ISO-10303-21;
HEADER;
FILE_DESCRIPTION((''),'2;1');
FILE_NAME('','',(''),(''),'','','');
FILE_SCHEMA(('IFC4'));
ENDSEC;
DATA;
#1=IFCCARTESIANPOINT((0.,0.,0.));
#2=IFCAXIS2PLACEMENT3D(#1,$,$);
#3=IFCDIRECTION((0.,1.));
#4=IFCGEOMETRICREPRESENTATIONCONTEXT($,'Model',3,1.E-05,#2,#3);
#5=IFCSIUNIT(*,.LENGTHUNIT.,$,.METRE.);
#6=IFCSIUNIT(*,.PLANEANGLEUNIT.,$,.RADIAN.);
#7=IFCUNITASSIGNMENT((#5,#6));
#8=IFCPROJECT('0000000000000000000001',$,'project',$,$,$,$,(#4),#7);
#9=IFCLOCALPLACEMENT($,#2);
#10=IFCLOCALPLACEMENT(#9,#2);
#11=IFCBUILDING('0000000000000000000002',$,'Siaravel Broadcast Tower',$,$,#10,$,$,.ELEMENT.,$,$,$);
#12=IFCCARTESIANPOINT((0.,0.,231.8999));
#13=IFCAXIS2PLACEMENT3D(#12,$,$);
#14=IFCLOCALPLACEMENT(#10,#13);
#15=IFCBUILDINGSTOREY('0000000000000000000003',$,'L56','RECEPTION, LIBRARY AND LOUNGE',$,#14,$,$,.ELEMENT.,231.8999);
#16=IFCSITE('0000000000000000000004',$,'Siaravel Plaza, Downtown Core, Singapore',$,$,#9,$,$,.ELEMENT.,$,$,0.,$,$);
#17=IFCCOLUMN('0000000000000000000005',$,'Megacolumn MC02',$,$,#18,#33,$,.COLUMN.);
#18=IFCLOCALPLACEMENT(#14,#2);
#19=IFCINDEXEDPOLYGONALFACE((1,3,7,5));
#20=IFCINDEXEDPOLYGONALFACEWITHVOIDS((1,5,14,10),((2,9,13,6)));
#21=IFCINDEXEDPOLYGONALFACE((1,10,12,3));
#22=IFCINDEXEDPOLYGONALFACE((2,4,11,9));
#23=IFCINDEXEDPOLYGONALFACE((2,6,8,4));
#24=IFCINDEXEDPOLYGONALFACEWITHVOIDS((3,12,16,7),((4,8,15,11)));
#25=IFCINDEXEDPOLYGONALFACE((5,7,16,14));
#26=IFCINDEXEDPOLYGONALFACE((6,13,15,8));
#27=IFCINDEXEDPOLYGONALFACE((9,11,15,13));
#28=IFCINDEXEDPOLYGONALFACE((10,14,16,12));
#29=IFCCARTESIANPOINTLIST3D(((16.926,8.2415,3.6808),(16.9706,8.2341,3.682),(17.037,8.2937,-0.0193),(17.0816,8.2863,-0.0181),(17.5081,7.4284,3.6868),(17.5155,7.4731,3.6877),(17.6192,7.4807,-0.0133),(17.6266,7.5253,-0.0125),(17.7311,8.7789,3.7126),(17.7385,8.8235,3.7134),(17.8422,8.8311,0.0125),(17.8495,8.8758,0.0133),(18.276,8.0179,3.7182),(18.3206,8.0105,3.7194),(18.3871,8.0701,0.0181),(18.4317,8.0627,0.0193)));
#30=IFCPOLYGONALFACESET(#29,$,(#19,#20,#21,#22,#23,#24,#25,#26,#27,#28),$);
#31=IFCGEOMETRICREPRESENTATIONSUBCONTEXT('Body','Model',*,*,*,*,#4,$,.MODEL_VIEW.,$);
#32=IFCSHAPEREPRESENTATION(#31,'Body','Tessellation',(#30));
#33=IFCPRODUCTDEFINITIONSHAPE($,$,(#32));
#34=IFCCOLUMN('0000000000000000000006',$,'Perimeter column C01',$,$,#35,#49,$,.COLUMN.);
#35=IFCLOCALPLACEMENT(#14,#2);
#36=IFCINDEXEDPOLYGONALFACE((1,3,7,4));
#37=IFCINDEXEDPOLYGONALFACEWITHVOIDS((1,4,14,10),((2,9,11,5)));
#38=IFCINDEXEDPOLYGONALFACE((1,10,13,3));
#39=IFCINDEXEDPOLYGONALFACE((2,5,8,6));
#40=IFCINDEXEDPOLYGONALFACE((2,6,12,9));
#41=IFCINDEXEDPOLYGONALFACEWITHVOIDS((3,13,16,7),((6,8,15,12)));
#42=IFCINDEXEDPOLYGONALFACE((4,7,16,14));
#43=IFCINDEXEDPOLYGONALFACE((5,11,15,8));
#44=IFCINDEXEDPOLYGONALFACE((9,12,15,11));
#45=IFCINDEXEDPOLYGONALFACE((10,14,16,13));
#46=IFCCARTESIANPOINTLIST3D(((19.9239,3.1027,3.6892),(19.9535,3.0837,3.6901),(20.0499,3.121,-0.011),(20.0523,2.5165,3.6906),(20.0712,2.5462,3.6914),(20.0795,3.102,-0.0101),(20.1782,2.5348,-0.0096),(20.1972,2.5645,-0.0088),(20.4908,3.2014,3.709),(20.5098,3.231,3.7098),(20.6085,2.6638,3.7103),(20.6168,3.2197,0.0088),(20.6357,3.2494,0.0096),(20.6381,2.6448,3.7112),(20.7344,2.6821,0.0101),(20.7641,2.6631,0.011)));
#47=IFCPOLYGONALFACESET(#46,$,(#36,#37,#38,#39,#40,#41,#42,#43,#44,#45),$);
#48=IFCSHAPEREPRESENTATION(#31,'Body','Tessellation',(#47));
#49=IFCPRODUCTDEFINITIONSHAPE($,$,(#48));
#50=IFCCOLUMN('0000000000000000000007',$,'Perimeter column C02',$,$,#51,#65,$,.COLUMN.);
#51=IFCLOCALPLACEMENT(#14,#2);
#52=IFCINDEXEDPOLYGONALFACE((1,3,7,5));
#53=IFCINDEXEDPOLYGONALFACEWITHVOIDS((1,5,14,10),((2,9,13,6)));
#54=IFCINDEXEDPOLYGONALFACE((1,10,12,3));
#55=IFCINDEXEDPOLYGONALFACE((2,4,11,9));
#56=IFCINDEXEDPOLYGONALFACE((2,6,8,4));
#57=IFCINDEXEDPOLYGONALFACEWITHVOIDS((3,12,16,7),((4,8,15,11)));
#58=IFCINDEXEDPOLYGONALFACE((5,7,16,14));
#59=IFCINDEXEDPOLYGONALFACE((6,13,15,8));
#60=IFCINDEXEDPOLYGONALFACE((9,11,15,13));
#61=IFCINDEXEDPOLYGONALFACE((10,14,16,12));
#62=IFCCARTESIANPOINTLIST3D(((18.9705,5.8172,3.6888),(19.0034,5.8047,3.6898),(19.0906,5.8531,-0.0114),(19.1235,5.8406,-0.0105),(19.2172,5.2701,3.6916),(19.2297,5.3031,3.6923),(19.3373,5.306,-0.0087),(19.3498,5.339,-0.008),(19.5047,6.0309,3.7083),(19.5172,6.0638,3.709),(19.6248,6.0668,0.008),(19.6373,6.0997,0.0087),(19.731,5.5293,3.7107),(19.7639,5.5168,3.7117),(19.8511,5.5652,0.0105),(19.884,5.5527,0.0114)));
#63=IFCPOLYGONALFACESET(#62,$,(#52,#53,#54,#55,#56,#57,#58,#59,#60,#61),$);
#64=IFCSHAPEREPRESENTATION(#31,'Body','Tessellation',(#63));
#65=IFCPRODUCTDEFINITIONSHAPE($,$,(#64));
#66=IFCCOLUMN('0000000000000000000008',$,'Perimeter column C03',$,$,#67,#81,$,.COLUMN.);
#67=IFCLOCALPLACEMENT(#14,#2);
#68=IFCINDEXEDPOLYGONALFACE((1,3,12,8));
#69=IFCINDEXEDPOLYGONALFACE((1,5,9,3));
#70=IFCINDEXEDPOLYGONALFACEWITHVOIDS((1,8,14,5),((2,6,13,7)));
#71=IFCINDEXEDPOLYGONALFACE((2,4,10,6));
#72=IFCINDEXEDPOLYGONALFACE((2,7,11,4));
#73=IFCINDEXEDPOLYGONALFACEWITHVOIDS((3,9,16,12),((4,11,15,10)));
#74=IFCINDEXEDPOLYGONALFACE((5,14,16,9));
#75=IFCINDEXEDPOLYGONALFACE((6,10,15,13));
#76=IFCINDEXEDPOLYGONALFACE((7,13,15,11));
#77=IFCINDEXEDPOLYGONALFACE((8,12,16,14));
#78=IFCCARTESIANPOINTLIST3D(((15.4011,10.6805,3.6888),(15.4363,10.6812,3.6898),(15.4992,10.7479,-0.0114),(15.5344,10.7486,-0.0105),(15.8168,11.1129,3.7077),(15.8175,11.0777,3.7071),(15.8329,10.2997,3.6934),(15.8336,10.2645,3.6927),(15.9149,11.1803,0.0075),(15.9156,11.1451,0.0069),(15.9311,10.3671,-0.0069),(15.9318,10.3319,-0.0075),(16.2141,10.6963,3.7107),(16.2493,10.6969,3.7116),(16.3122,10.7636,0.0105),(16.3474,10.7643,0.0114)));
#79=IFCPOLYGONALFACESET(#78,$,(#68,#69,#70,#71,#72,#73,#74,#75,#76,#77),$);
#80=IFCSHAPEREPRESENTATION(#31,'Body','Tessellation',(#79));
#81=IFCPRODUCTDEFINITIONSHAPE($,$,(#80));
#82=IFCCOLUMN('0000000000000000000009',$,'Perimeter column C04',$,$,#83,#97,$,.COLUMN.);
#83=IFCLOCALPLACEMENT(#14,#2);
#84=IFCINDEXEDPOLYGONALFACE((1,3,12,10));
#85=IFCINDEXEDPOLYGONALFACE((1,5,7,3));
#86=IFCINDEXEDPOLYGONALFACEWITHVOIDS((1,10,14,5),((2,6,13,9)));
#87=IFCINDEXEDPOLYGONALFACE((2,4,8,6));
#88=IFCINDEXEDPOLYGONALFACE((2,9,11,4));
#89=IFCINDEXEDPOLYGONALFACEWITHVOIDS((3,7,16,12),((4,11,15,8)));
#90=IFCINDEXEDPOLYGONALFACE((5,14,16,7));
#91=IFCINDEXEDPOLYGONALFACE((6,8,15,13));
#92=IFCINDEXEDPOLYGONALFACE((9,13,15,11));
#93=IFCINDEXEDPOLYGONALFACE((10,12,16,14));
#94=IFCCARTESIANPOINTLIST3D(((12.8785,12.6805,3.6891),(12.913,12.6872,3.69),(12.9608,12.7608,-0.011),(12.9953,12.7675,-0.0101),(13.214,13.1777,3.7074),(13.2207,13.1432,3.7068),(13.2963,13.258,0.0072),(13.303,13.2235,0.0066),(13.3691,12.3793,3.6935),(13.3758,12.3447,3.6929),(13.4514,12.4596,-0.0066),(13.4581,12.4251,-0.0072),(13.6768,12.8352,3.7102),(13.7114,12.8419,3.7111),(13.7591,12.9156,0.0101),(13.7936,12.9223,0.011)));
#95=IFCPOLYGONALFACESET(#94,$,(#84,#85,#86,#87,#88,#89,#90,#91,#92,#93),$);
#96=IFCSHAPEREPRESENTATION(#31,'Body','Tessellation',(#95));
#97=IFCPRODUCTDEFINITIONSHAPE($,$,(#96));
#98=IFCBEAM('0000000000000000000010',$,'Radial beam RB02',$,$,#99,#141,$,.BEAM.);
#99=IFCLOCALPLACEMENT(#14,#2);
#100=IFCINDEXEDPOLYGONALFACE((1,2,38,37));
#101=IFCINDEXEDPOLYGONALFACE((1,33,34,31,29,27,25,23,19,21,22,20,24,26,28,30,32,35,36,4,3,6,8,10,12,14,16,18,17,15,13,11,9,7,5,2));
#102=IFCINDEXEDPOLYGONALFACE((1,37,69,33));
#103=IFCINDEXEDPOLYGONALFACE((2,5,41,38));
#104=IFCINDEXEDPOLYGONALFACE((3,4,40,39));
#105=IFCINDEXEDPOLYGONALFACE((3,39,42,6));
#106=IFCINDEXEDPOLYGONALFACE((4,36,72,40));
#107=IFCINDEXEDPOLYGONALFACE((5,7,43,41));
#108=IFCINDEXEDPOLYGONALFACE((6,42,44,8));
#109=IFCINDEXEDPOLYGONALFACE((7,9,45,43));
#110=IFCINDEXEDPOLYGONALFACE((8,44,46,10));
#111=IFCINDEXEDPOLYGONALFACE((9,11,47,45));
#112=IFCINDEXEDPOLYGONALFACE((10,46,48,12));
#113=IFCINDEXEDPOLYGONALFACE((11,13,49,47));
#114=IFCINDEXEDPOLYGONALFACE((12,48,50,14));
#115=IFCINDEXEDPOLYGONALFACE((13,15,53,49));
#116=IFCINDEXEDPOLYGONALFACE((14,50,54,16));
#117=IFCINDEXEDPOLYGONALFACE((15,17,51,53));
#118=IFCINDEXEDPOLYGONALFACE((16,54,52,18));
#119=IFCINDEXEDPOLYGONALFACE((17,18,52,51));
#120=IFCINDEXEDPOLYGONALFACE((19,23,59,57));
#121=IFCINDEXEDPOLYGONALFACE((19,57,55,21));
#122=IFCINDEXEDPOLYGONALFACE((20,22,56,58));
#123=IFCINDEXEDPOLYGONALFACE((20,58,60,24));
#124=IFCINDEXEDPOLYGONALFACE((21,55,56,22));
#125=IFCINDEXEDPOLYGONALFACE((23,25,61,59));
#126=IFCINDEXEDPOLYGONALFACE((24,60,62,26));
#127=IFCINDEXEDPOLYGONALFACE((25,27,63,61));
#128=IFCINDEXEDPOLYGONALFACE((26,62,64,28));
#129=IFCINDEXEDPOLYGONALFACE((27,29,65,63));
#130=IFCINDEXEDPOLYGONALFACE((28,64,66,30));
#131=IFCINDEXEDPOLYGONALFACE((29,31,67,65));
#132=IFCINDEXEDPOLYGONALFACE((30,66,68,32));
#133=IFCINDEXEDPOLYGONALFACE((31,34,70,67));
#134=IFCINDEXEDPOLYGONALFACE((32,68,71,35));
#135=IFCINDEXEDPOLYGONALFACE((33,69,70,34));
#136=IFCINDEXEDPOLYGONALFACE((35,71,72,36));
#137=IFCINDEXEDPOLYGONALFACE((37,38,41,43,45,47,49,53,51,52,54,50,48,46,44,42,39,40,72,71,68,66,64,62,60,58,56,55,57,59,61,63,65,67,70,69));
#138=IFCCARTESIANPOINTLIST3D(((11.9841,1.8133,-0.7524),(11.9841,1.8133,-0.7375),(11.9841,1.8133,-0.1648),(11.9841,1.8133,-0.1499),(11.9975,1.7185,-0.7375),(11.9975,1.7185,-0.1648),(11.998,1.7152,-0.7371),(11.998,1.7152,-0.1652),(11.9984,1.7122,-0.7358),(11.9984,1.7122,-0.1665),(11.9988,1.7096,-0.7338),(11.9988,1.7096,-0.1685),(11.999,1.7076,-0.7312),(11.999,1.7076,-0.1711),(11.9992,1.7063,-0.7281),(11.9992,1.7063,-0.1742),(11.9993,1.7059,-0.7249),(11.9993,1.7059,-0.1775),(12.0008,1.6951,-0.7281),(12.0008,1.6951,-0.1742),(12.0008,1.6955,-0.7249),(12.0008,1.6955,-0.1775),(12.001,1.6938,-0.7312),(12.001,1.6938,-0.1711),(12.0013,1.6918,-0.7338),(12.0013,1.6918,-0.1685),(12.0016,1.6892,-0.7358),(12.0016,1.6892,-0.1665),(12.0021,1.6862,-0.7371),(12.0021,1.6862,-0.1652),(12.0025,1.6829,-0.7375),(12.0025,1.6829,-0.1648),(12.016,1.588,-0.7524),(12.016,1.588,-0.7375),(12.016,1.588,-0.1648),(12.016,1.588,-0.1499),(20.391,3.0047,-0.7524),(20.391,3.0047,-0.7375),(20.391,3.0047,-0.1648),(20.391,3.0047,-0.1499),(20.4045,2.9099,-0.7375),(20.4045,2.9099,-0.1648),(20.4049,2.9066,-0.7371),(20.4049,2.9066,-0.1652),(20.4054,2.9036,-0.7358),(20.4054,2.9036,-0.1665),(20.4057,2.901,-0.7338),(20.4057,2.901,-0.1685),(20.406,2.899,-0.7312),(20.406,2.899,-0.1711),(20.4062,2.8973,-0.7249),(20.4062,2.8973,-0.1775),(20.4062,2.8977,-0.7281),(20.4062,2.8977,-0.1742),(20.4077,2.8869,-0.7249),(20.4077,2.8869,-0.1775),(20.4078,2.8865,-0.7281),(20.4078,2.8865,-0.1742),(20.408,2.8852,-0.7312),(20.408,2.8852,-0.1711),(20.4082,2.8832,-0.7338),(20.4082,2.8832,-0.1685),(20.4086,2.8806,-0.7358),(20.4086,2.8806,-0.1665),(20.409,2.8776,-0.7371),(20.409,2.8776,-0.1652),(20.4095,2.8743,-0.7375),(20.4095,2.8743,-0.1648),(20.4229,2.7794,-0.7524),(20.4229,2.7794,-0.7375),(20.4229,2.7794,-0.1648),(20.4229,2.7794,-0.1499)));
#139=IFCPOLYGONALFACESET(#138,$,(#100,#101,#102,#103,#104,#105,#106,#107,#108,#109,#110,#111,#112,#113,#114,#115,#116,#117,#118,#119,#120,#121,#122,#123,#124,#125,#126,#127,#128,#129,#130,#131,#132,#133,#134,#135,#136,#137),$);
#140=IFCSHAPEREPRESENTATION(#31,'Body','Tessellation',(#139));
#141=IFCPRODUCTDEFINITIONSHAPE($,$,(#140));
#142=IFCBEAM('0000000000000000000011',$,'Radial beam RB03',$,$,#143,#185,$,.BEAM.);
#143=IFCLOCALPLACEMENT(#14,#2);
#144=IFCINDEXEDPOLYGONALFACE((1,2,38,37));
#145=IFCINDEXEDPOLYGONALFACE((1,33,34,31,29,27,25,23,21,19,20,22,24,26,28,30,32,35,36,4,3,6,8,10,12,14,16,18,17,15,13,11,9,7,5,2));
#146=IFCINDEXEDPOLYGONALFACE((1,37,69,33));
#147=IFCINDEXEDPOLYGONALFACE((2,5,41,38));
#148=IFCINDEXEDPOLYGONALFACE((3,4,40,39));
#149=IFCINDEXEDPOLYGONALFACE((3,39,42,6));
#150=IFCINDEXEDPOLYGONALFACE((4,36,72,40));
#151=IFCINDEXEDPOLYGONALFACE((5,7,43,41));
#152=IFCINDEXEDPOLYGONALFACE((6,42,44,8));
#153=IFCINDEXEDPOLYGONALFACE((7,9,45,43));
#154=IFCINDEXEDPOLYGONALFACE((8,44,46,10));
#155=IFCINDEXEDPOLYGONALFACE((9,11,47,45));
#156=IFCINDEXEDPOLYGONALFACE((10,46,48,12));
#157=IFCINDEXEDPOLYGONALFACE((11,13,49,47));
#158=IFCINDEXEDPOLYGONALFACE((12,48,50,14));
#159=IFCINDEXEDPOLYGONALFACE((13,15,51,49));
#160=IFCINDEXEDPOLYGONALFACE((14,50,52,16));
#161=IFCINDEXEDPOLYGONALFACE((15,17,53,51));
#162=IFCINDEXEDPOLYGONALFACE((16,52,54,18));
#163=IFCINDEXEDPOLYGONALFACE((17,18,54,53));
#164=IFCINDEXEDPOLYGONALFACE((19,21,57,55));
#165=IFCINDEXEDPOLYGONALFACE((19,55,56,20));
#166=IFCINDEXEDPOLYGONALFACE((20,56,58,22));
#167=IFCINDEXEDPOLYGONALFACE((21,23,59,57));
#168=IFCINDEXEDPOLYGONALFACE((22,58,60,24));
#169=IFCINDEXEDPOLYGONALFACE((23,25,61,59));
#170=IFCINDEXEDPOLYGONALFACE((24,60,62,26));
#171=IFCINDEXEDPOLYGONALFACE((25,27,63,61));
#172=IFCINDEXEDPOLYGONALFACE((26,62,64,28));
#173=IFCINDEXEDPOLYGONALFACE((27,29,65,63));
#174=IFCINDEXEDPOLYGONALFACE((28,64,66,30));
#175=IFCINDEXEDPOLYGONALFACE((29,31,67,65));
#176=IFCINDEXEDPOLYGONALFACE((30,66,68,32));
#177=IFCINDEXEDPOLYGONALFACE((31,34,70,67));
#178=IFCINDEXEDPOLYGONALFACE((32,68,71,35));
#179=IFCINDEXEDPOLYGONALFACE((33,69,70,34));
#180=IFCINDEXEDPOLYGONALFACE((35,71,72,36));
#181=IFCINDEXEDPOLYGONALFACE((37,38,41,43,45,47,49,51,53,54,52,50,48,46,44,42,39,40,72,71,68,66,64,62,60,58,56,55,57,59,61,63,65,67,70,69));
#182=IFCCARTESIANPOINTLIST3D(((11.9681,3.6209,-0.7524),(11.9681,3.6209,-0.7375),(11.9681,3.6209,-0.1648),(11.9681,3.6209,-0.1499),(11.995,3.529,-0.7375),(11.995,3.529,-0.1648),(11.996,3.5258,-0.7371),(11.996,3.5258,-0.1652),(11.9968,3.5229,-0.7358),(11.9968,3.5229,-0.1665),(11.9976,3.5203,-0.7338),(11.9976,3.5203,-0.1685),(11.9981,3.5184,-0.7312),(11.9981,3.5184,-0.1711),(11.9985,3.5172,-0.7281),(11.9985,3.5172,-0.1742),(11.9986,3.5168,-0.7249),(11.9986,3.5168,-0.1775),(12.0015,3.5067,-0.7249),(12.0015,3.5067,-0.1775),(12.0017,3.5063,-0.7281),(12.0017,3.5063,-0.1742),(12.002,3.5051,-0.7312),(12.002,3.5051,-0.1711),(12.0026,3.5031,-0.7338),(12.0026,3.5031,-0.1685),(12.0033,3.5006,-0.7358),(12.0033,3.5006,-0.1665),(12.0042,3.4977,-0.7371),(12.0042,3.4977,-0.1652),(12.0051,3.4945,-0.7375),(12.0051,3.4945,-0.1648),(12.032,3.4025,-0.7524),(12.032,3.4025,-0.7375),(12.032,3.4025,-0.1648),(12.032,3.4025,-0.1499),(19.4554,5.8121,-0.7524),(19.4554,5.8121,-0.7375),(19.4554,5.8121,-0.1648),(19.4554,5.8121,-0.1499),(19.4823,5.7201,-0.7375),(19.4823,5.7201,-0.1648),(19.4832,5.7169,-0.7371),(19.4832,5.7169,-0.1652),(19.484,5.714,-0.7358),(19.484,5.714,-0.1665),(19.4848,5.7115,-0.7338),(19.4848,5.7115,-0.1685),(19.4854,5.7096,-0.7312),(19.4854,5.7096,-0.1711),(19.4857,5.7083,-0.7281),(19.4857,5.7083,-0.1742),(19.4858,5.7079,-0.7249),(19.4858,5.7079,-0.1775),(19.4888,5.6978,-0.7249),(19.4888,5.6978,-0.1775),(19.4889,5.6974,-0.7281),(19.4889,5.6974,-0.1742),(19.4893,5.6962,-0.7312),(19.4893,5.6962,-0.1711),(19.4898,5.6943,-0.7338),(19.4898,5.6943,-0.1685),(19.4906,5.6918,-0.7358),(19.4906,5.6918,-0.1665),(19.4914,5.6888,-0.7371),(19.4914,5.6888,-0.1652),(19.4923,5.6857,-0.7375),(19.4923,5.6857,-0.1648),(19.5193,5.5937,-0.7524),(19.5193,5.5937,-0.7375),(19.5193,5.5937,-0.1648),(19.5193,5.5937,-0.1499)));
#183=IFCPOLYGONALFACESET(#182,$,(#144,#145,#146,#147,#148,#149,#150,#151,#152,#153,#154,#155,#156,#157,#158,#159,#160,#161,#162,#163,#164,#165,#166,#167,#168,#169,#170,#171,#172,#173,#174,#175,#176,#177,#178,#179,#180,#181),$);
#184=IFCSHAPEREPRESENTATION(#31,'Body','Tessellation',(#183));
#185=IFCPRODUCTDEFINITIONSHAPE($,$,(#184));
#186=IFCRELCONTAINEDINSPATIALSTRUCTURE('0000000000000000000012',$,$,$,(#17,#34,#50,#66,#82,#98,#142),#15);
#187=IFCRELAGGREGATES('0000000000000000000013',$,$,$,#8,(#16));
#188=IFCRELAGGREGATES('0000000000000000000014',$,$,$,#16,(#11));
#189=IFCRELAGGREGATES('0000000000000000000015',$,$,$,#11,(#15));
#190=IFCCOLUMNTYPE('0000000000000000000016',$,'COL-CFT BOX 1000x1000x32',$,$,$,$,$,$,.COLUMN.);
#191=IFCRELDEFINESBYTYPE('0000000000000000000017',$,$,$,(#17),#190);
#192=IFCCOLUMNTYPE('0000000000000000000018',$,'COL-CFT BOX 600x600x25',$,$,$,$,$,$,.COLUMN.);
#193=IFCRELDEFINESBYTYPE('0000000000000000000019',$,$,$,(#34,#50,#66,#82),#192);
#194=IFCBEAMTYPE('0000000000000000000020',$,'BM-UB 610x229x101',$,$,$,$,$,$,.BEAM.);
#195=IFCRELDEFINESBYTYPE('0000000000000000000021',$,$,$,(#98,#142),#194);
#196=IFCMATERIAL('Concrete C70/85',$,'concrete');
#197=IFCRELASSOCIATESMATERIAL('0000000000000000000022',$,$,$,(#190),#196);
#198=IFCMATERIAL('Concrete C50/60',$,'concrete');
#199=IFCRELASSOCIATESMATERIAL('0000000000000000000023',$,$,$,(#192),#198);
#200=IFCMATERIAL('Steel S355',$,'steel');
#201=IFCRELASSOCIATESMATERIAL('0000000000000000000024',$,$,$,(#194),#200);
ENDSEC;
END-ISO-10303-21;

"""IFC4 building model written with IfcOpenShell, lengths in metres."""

from ifc_helpers import new_model, si_unit, direction, frame, origin, origin_2d, place, context, subcontext, project, spatial, hollow_rectangle, i_section, extrude, material, material_profile, profile_set, type_object, element, save


model = new_model("IFC4")

# Units and contexts
model_context = context("Model", 3, precision=1e-05, world=origin(), true_north=direction((0.0, 1.0)))
body_context = subcontext(model_context, "Body", "Model", "MODEL_VIEW")
ifc_project = project(units=[si_unit("LENGTHUNIT", "METRE"), si_unit("PLANEANGLEUNIT", "RADIAN")], contexts=[model_context])

# Site, building, storey
site_placement = place(None, origin())
site = spatial("IfcSite", under=ifc_project, at=site_placement, Name="Siaravel Plaza, Downtown Core, Singapore", CompositionType="ELEMENT", RefElevation=0.0)
building_placement = place(site_placement, origin())
building = spatial("IfcBuilding", under=site, at=building_placement, Name="Siaravel Broadcast Tower", CompositionType="ELEMENT")
storey_placement = place(building_placement, frame((0.0, 0.0, 231.8999)))
storey = spatial("IfcBuildingStorey", under=building, at=storey_placement, Name="L56", Description="RECEPTION, LIBRARY AND LOUNGE", CompositionType="ELEMENT", Elevation=231.8999)

# Columns
ifc_material_1 = material(Name="Concrete C70/85", Category="concrete")
ifc_material_profile_1 = material_profile(ifc_material_1, hollow_rectangle(XDim=1.0, YDim=1.0, WallThickness=0.032, at=origin_2d()))
ifc_profile_set_1 = profile_set([ifc_material_profile_1], Name="Concrete C70/85")
column_type_1 = type_object("IfcColumnType", Name="COL-CFT BOX 1000x1000x32", PredefinedType="COLUMN", material=ifc_profile_set_1)
column_1_placement = place(storey_placement, frame((17.7344, 8.1782, 0.0), z_axis=(-0.030005, -0.014112, 0.99945), x_axis=(0.582175, -0.813042, 0.005998)))
element("IfcColumn", 1, at=column_1_placement, inside=storey, type_object=column_type_1, Name="Megacolumn MC02", PredefinedType="COLUMN", context=body_context, shape_type="SweptSolid", body=[
    extrude(hollow_rectangle(XDim=1.0, YDim=1.0, WallThickness=0.032, at=origin_2d()), origin(), (0.0, 0.0, 1.0), 3.7021),
])
ifc_material_2 = material(Name="Concrete C50/60", Category="concrete")
ifc_material_profile_2 = material_profile(ifc_material_2, hollow_rectangle(XDim=0.6001, YDim=0.6001, WallThickness=0.0249, at=origin_2d()))
ifc_profile_set_2 = profile_set([ifc_material_profile_2], Name="Concrete C50/60")
column_type_2 = type_object("IfcColumnType", Name="COL-CFT BOX 600x600x25", PredefinedType="COLUMN", material=ifc_profile_set_2)
for number, where, z_axis, x_axis, name in (
    (2, (20.407, 2.8921, 0.0), (-0.034026, -0.004946, 0.999409), (0.213875, -0.976858, 0.002448), "Perimeter column C01"),
    (3, (19.4873, 5.7029, 0.0), (-0.032444, -0.009694, 0.999427), (0.411141, -0.911561, 0.004505), "Perimeter column C02"),
):
    element("IfcColumn", number, at=place(storey_placement, frame(where, z_axis=z_axis, x_axis=x_axis)), inside=storey, type_object=column_type_2, Name=name, PredefinedType="COLUMN", context=body_context, shape_type="SweptSolid", body=[
        extrude(hollow_rectangle(XDim=0.6001, YDim=0.6001, WallThickness=0.0249, at=origin_2d()), origin(), (0.0, 0.0, 1.0), 3.7024),
    ])
column_2_placement = place(storey_placement, frame((15.9233, 10.7561, 0.0), z_axis=(-0.02651, -0.018201, 0.999483), x_axis=(0.720758, -0.693156, 0.006495)))
element("IfcColumn", 4, at=column_2_placement, inside=storey, type_object=column_type_2, Name="Perimeter column C03", PredefinedType="COLUMN", context=body_context, shape_type="SweptSolid", body=[
    extrude(hollow_rectangle(XDim=0.6001, YDim=0.6001, WallThickness=0.0249, at=origin_2d()), origin(), (0.0, 0.0, 1.0), 3.7021),
])
column_3_placement = place(storey_placement, frame((13.3772, 12.8416, 0.0), z_axis=(-0.022225, -0.021697, 0.999518), x_axis=(0.82878, -0.559539, 0.006282)))
element("IfcColumn", 5, at=column_3_placement, inside=storey, type_object=column_type_2, Name="Perimeter column C04", PredefinedType="COLUMN", context=body_context, shape_type="SweptSolid", body=[
    extrude(hollow_rectangle(XDim=0.6001, YDim=0.6001, WallThickness=0.0249, at=origin_2d()), origin(), (0.0, 0.0, 1.0), 3.7019),
])

# Beams
ifc_material_3 = material(Name="Steel S355", Category="steel")
ifc_material_profile_3 = material_profile(ifc_material_3, i_section(OverallWidth=0.2275, OverallDepth=0.6025, WebThickness=0.0105, FlangeThickness=0.0149, FilletRadius=0.0127, at=origin_2d()))
ifc_profile_set_3 = profile_set([ifc_material_profile_3], Name="Steel S355")
beam_type = type_object("IfcBeamType", Name="BM-UB 610x229x101", PredefinedType="BEAM", material=ifc_profile_set_3)
beam_1_placement = place(storey_placement, frame((20.407, 2.8921, -0.4512), z_axis=(-0.990107, -0.140314, 0.0), x_axis=(0.140314, -0.990107, 0.0)))
element("IfcBeam", 6, at=beam_1_placement, inside=storey, type_object=beam_type, Name="Radial beam RB02", PredefinedType="BEAM", context=body_context, shape_type="SweptSolid", body=[
    extrude(i_section(OverallWidth=0.2275, OverallDepth=0.6025, WebThickness=0.0105, FlangeThickness=0.0149, FilletRadius=0.0127, at=origin_2d()), origin(), (0.0, 0.0, 1.0), 8.491),
])
beam_2_placement = place(storey_placement, frame((19.4873, 5.7029, -0.4512), z_axis=(-0.959746, -0.28087, 0.0), x_axis=(0.28087, -0.959746, 0.0)))
element("IfcBeam", 7, at=beam_2_placement, inside=storey, type_object=beam_type, Name="Radial beam RB03", PredefinedType="BEAM", context=body_context, shape_type="SweptSolid", body=[
    extrude(i_section(OverallWidth=0.2275, OverallDepth=0.6025, WebThickness=0.0105, FlangeThickness=0.0149, FilletRadius=0.0127, at=origin_2d()), origin(), (0.0, 0.0, 1.0), 7.8013),
])

save(model, "model.ifc")
